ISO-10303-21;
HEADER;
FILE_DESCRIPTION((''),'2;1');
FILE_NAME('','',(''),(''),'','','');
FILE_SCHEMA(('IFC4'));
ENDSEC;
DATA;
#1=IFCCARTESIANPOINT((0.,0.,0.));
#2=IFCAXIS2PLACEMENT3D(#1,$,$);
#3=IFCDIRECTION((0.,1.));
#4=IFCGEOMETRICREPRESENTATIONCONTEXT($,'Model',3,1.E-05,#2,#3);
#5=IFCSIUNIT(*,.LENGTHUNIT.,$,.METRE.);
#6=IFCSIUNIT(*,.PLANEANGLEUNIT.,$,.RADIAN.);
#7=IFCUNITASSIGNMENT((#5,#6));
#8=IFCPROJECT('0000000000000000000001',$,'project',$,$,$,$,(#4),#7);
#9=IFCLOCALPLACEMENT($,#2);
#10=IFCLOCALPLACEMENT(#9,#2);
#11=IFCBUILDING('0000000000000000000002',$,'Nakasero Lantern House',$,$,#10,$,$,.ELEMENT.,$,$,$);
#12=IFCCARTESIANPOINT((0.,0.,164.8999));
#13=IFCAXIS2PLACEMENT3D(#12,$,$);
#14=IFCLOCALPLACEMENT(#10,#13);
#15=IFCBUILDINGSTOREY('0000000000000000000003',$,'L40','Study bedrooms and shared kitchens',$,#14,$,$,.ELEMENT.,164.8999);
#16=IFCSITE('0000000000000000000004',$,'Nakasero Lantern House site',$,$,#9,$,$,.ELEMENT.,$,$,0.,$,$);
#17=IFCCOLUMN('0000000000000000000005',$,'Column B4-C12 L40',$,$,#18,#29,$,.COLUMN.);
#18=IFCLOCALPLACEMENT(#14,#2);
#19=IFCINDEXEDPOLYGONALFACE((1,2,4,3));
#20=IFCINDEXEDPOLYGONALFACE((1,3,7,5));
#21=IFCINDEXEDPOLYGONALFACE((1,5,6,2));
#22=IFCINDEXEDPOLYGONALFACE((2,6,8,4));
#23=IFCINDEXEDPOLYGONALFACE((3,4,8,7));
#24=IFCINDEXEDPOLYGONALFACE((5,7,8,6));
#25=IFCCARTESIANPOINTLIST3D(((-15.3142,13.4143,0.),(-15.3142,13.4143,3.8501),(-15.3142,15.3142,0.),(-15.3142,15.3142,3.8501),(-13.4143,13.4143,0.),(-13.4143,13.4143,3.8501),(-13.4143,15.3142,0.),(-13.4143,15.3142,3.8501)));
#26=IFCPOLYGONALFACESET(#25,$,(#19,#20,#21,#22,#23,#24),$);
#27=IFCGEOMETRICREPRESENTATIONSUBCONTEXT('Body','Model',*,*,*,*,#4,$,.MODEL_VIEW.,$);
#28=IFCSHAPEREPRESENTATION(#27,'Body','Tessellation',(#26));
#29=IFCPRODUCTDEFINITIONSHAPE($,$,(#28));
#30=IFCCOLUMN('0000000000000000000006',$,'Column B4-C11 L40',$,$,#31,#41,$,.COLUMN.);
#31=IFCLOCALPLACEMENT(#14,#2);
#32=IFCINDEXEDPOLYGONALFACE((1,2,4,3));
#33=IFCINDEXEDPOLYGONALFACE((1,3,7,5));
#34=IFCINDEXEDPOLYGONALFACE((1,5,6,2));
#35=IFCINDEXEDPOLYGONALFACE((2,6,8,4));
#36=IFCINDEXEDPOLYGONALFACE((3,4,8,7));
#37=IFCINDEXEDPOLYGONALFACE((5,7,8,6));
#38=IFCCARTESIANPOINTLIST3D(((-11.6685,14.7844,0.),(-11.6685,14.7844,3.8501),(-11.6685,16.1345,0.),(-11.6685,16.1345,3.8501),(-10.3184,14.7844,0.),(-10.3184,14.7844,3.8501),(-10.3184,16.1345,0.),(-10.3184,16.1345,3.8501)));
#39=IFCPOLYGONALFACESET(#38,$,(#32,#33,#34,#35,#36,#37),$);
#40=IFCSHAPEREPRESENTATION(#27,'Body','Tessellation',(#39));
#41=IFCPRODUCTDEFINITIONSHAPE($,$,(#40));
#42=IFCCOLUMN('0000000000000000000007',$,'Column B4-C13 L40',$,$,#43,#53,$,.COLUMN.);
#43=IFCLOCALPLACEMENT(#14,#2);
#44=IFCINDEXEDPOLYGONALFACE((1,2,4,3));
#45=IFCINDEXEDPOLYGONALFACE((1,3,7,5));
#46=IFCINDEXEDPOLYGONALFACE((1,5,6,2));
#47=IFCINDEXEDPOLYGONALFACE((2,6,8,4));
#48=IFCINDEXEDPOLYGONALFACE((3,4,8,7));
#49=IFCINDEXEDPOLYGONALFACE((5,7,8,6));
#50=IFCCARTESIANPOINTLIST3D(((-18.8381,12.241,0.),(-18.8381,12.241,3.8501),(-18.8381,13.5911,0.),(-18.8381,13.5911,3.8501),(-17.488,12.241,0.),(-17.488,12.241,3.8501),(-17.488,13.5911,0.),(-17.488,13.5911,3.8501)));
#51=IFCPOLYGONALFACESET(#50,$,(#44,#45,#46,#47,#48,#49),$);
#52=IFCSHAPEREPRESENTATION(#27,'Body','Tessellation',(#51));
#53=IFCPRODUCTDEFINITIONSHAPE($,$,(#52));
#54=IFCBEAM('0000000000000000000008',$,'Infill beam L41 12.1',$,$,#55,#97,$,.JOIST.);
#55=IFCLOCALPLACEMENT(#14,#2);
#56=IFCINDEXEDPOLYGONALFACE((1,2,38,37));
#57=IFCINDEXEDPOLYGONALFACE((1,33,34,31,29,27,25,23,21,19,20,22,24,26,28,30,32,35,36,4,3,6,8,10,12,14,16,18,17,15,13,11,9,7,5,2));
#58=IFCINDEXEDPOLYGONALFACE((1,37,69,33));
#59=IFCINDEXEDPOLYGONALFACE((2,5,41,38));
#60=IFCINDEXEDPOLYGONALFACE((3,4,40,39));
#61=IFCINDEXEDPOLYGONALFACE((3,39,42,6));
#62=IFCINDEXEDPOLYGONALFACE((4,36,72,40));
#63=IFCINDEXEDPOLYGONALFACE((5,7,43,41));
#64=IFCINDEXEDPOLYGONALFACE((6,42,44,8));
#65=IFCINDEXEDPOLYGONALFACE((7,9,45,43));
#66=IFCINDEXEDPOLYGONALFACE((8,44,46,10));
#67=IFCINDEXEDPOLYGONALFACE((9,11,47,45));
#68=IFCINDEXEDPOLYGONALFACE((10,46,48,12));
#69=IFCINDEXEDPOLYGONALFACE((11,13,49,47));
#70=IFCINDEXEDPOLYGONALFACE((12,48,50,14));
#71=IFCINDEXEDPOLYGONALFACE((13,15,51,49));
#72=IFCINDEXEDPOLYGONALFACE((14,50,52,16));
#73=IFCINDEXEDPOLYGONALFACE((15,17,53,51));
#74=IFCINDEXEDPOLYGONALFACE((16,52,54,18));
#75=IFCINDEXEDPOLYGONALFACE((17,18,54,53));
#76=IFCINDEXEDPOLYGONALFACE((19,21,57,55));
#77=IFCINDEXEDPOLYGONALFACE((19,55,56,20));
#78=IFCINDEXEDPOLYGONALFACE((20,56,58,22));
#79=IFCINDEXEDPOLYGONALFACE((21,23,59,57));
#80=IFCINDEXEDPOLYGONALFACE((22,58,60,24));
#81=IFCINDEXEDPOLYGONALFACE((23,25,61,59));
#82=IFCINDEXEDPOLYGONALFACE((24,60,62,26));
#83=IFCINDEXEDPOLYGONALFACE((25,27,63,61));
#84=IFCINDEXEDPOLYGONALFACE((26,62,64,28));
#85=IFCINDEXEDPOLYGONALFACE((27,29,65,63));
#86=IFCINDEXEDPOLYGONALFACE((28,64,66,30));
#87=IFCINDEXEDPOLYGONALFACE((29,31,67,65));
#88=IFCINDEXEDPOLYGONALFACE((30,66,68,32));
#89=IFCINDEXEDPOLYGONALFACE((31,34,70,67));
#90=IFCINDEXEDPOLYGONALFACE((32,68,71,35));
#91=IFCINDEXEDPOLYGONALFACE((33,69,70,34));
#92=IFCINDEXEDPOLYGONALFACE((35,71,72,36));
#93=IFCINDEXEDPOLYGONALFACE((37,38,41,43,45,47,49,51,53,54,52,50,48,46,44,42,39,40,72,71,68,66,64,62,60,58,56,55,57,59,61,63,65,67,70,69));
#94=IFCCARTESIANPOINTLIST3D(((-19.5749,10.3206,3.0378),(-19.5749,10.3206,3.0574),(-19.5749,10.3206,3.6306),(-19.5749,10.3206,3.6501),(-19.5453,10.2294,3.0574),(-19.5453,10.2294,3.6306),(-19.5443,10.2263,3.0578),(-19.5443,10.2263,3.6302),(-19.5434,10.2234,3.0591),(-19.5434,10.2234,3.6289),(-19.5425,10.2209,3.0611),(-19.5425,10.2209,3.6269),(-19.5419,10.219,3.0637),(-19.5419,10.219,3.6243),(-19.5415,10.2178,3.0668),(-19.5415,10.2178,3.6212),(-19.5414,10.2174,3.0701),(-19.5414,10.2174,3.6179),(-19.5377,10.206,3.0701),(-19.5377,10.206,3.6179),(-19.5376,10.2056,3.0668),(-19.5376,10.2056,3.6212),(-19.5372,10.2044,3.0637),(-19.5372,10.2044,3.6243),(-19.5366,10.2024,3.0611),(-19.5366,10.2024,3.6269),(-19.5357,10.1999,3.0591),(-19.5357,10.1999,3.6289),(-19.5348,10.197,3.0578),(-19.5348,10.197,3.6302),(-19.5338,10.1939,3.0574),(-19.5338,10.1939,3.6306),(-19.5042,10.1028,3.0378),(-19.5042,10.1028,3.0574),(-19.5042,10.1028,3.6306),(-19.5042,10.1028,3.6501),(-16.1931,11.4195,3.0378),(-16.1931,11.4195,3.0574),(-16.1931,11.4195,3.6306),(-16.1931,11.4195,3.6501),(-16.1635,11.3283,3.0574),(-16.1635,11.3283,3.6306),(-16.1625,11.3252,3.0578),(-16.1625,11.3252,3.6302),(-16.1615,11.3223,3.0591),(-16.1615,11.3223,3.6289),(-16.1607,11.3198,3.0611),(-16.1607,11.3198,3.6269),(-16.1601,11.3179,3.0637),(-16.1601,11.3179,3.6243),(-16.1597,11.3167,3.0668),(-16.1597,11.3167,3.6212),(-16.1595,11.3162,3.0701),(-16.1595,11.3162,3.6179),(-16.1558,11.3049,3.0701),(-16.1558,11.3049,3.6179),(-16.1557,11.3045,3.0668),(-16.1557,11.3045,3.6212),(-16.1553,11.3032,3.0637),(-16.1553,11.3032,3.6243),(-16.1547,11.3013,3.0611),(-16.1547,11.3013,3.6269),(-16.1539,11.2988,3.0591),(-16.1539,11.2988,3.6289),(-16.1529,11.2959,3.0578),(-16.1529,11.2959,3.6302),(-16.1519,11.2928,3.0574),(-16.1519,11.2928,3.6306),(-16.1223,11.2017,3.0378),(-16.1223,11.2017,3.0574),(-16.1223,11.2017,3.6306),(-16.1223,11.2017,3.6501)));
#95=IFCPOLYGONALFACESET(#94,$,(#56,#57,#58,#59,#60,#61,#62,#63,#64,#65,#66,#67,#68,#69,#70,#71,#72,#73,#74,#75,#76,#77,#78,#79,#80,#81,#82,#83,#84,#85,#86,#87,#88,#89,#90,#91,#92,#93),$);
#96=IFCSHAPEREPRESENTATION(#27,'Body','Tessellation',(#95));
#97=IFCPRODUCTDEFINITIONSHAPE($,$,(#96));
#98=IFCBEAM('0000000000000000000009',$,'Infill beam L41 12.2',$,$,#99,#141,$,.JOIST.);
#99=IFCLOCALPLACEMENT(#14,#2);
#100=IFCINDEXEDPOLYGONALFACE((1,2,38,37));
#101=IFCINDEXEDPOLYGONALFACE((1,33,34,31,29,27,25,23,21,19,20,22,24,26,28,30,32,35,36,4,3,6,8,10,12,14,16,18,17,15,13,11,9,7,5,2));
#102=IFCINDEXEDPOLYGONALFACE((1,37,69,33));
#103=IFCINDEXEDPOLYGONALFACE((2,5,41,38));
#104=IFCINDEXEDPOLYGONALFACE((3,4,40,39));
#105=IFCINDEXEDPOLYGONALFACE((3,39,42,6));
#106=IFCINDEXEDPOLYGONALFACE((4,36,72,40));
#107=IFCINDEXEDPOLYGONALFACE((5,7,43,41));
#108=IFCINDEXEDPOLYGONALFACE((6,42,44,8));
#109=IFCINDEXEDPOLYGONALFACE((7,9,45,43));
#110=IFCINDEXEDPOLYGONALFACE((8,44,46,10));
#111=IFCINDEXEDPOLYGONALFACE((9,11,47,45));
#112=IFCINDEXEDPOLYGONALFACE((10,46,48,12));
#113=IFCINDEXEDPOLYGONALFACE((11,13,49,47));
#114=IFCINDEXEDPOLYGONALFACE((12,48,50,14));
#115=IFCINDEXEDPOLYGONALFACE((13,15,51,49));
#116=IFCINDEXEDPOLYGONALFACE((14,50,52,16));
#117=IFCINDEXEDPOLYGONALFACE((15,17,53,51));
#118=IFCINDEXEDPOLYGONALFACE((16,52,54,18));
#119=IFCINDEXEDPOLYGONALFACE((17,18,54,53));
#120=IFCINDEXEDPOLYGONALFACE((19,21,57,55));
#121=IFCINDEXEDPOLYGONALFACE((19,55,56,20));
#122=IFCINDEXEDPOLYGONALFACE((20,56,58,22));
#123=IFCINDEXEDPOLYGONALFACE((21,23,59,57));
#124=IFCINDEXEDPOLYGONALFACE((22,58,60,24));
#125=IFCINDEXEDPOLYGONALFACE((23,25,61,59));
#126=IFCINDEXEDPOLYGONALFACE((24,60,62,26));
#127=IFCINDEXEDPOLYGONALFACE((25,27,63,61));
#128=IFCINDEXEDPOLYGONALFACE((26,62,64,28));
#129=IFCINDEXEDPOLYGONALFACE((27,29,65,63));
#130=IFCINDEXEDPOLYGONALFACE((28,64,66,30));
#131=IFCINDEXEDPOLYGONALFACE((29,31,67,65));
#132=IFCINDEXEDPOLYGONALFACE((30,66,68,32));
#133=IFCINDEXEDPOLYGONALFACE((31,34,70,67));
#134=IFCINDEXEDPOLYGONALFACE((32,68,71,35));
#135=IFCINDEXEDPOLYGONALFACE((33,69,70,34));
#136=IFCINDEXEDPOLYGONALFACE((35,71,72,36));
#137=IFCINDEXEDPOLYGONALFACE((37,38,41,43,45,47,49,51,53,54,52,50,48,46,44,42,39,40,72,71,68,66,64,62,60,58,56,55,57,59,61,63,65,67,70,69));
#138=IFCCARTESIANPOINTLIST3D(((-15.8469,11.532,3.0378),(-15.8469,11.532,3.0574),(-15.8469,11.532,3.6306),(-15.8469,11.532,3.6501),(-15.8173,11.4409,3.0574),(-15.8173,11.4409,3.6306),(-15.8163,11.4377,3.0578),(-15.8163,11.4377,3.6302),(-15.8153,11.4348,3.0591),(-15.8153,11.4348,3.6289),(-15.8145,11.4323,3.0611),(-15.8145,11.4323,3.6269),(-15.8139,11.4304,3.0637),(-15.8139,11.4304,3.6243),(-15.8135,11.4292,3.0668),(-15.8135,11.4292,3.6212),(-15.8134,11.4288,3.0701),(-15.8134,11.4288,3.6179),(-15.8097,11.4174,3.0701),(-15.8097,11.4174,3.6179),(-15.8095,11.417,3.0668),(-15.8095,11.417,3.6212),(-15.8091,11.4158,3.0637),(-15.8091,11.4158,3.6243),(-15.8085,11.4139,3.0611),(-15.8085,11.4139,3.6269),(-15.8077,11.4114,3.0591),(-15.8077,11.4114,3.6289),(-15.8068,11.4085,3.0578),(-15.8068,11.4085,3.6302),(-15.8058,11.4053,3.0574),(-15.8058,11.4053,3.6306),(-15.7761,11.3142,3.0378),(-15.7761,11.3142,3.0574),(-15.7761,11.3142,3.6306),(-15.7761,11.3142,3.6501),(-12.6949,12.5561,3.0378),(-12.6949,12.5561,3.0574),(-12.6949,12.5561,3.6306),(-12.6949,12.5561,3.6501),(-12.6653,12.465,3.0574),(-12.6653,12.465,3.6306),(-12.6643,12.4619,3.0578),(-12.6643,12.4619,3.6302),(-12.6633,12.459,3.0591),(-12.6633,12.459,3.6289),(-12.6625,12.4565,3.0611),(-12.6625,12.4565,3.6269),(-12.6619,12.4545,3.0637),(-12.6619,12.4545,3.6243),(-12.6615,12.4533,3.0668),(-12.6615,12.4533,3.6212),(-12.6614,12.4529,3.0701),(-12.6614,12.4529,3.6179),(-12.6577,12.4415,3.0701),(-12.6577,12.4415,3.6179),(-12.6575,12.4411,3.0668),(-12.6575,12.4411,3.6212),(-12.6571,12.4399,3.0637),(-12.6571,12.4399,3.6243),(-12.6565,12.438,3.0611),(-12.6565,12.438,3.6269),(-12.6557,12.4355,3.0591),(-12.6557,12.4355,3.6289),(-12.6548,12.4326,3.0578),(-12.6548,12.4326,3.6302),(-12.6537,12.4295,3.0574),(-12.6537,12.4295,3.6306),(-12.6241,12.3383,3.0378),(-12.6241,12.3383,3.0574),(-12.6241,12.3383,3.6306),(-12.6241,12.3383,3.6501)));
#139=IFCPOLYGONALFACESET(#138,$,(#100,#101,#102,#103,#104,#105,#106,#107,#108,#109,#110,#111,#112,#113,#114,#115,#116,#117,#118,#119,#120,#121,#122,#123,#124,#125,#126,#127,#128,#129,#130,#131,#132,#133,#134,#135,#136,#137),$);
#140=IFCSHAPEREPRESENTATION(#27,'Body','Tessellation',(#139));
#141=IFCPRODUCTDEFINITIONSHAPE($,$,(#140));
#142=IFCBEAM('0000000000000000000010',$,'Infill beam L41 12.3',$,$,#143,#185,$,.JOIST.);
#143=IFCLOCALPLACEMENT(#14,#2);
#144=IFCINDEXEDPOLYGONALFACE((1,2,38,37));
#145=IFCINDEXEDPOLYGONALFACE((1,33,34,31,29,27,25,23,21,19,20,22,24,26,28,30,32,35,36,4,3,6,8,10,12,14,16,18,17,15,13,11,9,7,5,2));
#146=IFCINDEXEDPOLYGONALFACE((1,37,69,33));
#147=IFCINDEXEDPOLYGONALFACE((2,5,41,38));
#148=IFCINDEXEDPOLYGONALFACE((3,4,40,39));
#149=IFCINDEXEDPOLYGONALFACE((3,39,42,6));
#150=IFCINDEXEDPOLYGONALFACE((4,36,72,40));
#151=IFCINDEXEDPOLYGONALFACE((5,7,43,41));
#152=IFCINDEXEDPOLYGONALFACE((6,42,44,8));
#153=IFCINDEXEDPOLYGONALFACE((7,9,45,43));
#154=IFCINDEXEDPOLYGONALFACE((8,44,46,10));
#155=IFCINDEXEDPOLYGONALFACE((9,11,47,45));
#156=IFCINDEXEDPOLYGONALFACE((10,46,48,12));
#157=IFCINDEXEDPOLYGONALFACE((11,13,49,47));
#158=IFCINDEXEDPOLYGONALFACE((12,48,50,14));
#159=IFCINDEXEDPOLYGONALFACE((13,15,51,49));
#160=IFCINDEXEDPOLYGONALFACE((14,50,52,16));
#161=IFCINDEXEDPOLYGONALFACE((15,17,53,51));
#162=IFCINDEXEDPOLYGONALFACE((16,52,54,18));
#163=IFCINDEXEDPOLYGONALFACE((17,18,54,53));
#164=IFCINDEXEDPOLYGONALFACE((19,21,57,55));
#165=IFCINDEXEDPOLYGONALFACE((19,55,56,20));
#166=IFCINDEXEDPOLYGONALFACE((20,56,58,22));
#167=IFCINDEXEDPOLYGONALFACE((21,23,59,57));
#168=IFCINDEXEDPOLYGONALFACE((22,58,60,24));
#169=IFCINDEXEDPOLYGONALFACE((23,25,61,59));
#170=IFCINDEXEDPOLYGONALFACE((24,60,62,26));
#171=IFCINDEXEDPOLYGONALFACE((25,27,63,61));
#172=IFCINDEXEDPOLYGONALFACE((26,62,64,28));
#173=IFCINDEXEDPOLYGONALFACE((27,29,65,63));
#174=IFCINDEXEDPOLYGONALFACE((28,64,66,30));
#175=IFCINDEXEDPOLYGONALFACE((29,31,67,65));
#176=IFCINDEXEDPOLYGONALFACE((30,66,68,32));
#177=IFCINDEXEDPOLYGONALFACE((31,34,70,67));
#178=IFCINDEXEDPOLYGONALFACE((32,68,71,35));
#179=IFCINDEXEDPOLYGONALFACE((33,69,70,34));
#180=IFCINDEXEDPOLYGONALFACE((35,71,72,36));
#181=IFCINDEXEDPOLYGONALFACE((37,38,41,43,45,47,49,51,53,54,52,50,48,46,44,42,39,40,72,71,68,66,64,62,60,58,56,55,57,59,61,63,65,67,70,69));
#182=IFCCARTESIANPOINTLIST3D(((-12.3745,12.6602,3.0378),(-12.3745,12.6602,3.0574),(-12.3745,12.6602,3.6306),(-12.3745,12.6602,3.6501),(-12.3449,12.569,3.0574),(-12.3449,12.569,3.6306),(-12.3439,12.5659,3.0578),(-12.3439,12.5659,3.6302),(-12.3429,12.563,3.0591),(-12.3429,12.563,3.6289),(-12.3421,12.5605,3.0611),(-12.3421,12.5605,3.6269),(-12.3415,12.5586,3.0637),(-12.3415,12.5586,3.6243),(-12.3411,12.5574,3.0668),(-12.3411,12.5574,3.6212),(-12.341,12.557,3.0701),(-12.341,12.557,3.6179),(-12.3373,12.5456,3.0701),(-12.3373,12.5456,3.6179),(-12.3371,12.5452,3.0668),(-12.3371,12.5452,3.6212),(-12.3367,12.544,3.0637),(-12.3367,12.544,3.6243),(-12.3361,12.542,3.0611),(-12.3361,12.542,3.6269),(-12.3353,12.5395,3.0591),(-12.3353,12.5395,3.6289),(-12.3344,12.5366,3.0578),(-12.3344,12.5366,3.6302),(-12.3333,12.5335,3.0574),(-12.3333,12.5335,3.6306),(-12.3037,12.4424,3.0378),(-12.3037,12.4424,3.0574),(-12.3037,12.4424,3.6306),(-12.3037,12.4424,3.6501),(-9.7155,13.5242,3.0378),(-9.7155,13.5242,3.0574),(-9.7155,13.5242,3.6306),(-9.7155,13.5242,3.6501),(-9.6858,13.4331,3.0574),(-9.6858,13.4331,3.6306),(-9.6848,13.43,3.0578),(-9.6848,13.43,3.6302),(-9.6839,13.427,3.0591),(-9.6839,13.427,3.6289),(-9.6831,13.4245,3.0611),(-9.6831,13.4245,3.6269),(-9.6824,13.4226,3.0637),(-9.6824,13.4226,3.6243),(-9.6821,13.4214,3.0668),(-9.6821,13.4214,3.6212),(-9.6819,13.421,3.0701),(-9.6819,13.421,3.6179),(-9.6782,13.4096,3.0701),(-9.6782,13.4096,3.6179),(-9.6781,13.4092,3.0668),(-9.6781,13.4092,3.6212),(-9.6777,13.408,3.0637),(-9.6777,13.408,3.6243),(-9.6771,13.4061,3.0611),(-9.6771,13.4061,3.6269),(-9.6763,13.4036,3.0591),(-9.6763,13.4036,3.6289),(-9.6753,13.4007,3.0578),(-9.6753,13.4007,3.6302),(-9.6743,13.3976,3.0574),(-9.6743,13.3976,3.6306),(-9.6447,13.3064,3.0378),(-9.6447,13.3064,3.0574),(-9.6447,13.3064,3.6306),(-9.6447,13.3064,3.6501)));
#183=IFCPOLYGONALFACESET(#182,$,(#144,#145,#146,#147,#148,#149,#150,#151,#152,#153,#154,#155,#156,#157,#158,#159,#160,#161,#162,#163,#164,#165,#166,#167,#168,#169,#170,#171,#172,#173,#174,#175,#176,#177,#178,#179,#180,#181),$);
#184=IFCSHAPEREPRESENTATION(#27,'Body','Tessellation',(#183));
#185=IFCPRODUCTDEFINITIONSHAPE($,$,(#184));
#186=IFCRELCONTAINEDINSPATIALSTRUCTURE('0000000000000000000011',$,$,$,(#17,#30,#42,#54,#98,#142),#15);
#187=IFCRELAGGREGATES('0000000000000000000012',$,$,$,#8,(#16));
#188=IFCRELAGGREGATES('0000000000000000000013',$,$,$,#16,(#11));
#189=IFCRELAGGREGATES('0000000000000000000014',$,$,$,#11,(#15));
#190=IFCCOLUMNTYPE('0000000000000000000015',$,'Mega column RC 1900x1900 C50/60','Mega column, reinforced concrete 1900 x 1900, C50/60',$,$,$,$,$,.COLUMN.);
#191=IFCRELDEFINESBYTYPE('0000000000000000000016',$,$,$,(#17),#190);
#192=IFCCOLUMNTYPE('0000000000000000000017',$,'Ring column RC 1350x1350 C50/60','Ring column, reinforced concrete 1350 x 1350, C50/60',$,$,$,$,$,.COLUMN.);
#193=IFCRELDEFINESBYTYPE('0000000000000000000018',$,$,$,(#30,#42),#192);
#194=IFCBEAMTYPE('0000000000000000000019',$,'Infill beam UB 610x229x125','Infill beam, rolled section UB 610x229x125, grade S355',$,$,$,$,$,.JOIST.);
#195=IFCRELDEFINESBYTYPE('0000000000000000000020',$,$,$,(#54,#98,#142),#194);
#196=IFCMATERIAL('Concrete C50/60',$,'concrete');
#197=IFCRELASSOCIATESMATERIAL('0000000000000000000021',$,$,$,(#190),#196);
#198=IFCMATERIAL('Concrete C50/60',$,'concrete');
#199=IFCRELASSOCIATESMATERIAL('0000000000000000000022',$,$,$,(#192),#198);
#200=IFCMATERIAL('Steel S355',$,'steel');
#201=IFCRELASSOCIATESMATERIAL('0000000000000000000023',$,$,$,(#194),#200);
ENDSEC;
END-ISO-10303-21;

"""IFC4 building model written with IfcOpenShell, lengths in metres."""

from ifc_helpers import new_model, si_unit, direction, frame, origin, origin_2d, place, context, subcontext, project, spatial, rectangle, i_section, extrude, material, material_profile, profile_set, type_object, element, save


model = new_model("IFC4")

# Units and contexts
model_context = context("Model", 3, precision=1e-05, world=origin(), true_north=direction((0.0, 1.0)))
body_context = subcontext(model_context, "Body", "Model", "MODEL_VIEW")
ifc_project = project(units=[si_unit("LENGTHUNIT", "METRE"), si_unit("PLANEANGLEUNIT", "RADIAN")], contexts=[model_context])

# Site, building, storey
site_placement = place(None, origin())
site = spatial("IfcSite", under=ifc_project, at=site_placement, Name="Nakasero Lantern House site", CompositionType="ELEMENT", RefElevation=0.0)
building_placement = place(site_placement, origin())
building = spatial("IfcBuilding", under=site, at=building_placement, Name="Nakasero Lantern House", CompositionType="ELEMENT")
storey_placement = place(building_placement, frame((0.0, 0.0, 164.8999)))
storey = spatial("IfcBuildingStorey", under=building, at=storey_placement, Name="L40", Description="Study bedrooms and shared kitchens", CompositionType="ELEMENT", Elevation=164.8999)

# Columns
ifc_material_1 = material(Name="Concrete C50/60", Category="concrete")
ifc_material_profile_1 = material_profile(ifc_material_1, rectangle(XDim=1.8999, YDim=1.8999, at=origin_2d()), Name="RC 1900x1900")
ifc_profile_set_1 = profile_set([ifc_material_profile_1], Name="Concrete C50/60")
column_type_1 = type_object("IfcColumnType", Name="Mega column RC 1900x1900 C50/60", Description="Mega column, reinforced concrete 1900 x 1900, C50/60", PredefinedType="COLUMN", material=ifc_profile_set_1)
column_placement = place(storey_placement, frame((-14.3643, 14.3643, 0.0), z_axis=(0.0, 0.0, 1.0), x_axis=(1.0, 0.0, 0.0)))
element("IfcColumn", 1, at=column_placement, inside=storey, type_object=column_type_1, Name="Column B4-C12 L40", PredefinedType="COLUMN", context=body_context, shape_type="SweptSolid", body=[
    extrude(rectangle(XDim=1.8999, YDim=1.8999, at=origin_2d()), origin(), (0.0, 0.0, 1.0), 3.8501),
])
ifc_material_2 = material(Name="Concrete C50/60", Category="concrete")
ifc_material_profile_2 = material_profile(ifc_material_2, rectangle(XDim=1.3501, YDim=1.3501, at=origin_2d()), Name="RC 1350x1350")
ifc_profile_set_2 = profile_set([ifc_material_profile_2], Name="Concrete C50/60")
column_type_2 = type_object("IfcColumnType", Name="Ring column RC 1350x1350 C50/60", Description="Ring column, reinforced concrete 1350 x 1350, C50/60", PredefinedType="COLUMN", material=ifc_profile_set_2)
for number, where, z_axis, x_axis, name in (
    (2, (-10.9934, 15.4595, 0.0), (0.0, 0.0, 1.0), (1.0, 0.0, 0.0), "Column B4-C11 L40"),
    (3, (-18.1631, 12.916, 0.0), (0.0, 0.0, 1.0), (1.0, 0.0, 0.0), "Column B4-C13 L40"),
):
    element("IfcColumn", number, at=place(storey_placement, frame(where, z_axis=z_axis, x_axis=x_axis)), inside=storey, type_object=column_type_2, Name=name, PredefinedType="COLUMN", context=body_context, shape_type="SweptSolid", body=[
        extrude(rectangle(XDim=1.3501, YDim=1.3501, at=origin_2d()), origin(), (0.0, 0.0, 1.0), 3.8501),
    ])

# Beams
ifc_material_3 = material(Name="Steel S355", Category="steel")
ifc_material_profile_3 = material_profile(ifc_material_3, i_section(OverallWidth=0.229, OverallDepth=0.6123, WebThickness=0.012, FlangeThickness=0.0195, FilletRadius=0.0127, at=origin_2d()), Name="UB 610x229x125")
ifc_profile_set_3 = profile_set([ifc_material_profile_3], Name="Steel S355")
beam_type_1 = type_object("IfcBeamType", Name="Infill beam UB 610x229x125", Description="Infill beam, rolled section UB 610x229x125, grade S355", PredefinedType="JOIST", material=ifc_profile_set_3)
beam_1_placement = place(storey_placement, frame((-19.5396, 10.2117, 3.344), z_axis=(0.951052, 0.30903, 0.0), x_axis=(-0.30903, 0.951052, 0.0)))
element("IfcBeam", 4, at=beam_1_placement, inside=storey, type_object=beam_type_1, Name="Infill beam L41 12.1", PredefinedType="JOIST", context=body_context, shape_type="SweptSolid", body=[
    extrude(i_section(OverallWidth=0.229, OverallDepth=0.6123, WebThickness=0.012, FlangeThickness=0.0195, FilletRadius=0.0127, at=origin_2d()), origin(), (0.0, 0.0, 1.0), 3.5559),
])
beam_2_placement = place(storey_placement, frame((-15.8115, 11.4231, 3.344), z_axis=(0.951057, 0.309014, 0.0), x_axis=(-0.309014, 0.951057, 0.0)))
element("IfcBeam", 5, at=beam_2_placement, inside=storey, type_object=beam_type_1, Name="Infill beam L41 12.2", PredefinedType="JOIST", context=body_context, shape_type="SweptSolid", body=[
    extrude(i_section(OverallWidth=0.229, OverallDepth=0.6123, WebThickness=0.012, FlangeThickness=0.0195, FilletRadius=0.0127, at=origin_2d()), origin(), (0.0, 0.0, 1.0), 3.3142),
])
beam_3_placement = place(storey_placement, frame((-12.3391, 12.5513, 3.344), z_axis=(0.951049, 0.309041, 0.0), x_axis=(-0.309041, 0.951049, 0.0)))
element("IfcBeam", 6, at=beam_3_placement, inside=storey, type_object=beam_type_1, Name="Infill beam L41 12.3", PredefinedType="JOIST", context=body_context, shape_type="SweptSolid", body=[
    extrude(i_section(OverallWidth=0.229, OverallDepth=0.6123, WebThickness=0.012, FlangeThickness=0.0195, FilletRadius=0.0127, at=origin_2d()), origin(), (0.0, 0.0, 1.0), 2.7959),
])

save(model, "model.ifc")
